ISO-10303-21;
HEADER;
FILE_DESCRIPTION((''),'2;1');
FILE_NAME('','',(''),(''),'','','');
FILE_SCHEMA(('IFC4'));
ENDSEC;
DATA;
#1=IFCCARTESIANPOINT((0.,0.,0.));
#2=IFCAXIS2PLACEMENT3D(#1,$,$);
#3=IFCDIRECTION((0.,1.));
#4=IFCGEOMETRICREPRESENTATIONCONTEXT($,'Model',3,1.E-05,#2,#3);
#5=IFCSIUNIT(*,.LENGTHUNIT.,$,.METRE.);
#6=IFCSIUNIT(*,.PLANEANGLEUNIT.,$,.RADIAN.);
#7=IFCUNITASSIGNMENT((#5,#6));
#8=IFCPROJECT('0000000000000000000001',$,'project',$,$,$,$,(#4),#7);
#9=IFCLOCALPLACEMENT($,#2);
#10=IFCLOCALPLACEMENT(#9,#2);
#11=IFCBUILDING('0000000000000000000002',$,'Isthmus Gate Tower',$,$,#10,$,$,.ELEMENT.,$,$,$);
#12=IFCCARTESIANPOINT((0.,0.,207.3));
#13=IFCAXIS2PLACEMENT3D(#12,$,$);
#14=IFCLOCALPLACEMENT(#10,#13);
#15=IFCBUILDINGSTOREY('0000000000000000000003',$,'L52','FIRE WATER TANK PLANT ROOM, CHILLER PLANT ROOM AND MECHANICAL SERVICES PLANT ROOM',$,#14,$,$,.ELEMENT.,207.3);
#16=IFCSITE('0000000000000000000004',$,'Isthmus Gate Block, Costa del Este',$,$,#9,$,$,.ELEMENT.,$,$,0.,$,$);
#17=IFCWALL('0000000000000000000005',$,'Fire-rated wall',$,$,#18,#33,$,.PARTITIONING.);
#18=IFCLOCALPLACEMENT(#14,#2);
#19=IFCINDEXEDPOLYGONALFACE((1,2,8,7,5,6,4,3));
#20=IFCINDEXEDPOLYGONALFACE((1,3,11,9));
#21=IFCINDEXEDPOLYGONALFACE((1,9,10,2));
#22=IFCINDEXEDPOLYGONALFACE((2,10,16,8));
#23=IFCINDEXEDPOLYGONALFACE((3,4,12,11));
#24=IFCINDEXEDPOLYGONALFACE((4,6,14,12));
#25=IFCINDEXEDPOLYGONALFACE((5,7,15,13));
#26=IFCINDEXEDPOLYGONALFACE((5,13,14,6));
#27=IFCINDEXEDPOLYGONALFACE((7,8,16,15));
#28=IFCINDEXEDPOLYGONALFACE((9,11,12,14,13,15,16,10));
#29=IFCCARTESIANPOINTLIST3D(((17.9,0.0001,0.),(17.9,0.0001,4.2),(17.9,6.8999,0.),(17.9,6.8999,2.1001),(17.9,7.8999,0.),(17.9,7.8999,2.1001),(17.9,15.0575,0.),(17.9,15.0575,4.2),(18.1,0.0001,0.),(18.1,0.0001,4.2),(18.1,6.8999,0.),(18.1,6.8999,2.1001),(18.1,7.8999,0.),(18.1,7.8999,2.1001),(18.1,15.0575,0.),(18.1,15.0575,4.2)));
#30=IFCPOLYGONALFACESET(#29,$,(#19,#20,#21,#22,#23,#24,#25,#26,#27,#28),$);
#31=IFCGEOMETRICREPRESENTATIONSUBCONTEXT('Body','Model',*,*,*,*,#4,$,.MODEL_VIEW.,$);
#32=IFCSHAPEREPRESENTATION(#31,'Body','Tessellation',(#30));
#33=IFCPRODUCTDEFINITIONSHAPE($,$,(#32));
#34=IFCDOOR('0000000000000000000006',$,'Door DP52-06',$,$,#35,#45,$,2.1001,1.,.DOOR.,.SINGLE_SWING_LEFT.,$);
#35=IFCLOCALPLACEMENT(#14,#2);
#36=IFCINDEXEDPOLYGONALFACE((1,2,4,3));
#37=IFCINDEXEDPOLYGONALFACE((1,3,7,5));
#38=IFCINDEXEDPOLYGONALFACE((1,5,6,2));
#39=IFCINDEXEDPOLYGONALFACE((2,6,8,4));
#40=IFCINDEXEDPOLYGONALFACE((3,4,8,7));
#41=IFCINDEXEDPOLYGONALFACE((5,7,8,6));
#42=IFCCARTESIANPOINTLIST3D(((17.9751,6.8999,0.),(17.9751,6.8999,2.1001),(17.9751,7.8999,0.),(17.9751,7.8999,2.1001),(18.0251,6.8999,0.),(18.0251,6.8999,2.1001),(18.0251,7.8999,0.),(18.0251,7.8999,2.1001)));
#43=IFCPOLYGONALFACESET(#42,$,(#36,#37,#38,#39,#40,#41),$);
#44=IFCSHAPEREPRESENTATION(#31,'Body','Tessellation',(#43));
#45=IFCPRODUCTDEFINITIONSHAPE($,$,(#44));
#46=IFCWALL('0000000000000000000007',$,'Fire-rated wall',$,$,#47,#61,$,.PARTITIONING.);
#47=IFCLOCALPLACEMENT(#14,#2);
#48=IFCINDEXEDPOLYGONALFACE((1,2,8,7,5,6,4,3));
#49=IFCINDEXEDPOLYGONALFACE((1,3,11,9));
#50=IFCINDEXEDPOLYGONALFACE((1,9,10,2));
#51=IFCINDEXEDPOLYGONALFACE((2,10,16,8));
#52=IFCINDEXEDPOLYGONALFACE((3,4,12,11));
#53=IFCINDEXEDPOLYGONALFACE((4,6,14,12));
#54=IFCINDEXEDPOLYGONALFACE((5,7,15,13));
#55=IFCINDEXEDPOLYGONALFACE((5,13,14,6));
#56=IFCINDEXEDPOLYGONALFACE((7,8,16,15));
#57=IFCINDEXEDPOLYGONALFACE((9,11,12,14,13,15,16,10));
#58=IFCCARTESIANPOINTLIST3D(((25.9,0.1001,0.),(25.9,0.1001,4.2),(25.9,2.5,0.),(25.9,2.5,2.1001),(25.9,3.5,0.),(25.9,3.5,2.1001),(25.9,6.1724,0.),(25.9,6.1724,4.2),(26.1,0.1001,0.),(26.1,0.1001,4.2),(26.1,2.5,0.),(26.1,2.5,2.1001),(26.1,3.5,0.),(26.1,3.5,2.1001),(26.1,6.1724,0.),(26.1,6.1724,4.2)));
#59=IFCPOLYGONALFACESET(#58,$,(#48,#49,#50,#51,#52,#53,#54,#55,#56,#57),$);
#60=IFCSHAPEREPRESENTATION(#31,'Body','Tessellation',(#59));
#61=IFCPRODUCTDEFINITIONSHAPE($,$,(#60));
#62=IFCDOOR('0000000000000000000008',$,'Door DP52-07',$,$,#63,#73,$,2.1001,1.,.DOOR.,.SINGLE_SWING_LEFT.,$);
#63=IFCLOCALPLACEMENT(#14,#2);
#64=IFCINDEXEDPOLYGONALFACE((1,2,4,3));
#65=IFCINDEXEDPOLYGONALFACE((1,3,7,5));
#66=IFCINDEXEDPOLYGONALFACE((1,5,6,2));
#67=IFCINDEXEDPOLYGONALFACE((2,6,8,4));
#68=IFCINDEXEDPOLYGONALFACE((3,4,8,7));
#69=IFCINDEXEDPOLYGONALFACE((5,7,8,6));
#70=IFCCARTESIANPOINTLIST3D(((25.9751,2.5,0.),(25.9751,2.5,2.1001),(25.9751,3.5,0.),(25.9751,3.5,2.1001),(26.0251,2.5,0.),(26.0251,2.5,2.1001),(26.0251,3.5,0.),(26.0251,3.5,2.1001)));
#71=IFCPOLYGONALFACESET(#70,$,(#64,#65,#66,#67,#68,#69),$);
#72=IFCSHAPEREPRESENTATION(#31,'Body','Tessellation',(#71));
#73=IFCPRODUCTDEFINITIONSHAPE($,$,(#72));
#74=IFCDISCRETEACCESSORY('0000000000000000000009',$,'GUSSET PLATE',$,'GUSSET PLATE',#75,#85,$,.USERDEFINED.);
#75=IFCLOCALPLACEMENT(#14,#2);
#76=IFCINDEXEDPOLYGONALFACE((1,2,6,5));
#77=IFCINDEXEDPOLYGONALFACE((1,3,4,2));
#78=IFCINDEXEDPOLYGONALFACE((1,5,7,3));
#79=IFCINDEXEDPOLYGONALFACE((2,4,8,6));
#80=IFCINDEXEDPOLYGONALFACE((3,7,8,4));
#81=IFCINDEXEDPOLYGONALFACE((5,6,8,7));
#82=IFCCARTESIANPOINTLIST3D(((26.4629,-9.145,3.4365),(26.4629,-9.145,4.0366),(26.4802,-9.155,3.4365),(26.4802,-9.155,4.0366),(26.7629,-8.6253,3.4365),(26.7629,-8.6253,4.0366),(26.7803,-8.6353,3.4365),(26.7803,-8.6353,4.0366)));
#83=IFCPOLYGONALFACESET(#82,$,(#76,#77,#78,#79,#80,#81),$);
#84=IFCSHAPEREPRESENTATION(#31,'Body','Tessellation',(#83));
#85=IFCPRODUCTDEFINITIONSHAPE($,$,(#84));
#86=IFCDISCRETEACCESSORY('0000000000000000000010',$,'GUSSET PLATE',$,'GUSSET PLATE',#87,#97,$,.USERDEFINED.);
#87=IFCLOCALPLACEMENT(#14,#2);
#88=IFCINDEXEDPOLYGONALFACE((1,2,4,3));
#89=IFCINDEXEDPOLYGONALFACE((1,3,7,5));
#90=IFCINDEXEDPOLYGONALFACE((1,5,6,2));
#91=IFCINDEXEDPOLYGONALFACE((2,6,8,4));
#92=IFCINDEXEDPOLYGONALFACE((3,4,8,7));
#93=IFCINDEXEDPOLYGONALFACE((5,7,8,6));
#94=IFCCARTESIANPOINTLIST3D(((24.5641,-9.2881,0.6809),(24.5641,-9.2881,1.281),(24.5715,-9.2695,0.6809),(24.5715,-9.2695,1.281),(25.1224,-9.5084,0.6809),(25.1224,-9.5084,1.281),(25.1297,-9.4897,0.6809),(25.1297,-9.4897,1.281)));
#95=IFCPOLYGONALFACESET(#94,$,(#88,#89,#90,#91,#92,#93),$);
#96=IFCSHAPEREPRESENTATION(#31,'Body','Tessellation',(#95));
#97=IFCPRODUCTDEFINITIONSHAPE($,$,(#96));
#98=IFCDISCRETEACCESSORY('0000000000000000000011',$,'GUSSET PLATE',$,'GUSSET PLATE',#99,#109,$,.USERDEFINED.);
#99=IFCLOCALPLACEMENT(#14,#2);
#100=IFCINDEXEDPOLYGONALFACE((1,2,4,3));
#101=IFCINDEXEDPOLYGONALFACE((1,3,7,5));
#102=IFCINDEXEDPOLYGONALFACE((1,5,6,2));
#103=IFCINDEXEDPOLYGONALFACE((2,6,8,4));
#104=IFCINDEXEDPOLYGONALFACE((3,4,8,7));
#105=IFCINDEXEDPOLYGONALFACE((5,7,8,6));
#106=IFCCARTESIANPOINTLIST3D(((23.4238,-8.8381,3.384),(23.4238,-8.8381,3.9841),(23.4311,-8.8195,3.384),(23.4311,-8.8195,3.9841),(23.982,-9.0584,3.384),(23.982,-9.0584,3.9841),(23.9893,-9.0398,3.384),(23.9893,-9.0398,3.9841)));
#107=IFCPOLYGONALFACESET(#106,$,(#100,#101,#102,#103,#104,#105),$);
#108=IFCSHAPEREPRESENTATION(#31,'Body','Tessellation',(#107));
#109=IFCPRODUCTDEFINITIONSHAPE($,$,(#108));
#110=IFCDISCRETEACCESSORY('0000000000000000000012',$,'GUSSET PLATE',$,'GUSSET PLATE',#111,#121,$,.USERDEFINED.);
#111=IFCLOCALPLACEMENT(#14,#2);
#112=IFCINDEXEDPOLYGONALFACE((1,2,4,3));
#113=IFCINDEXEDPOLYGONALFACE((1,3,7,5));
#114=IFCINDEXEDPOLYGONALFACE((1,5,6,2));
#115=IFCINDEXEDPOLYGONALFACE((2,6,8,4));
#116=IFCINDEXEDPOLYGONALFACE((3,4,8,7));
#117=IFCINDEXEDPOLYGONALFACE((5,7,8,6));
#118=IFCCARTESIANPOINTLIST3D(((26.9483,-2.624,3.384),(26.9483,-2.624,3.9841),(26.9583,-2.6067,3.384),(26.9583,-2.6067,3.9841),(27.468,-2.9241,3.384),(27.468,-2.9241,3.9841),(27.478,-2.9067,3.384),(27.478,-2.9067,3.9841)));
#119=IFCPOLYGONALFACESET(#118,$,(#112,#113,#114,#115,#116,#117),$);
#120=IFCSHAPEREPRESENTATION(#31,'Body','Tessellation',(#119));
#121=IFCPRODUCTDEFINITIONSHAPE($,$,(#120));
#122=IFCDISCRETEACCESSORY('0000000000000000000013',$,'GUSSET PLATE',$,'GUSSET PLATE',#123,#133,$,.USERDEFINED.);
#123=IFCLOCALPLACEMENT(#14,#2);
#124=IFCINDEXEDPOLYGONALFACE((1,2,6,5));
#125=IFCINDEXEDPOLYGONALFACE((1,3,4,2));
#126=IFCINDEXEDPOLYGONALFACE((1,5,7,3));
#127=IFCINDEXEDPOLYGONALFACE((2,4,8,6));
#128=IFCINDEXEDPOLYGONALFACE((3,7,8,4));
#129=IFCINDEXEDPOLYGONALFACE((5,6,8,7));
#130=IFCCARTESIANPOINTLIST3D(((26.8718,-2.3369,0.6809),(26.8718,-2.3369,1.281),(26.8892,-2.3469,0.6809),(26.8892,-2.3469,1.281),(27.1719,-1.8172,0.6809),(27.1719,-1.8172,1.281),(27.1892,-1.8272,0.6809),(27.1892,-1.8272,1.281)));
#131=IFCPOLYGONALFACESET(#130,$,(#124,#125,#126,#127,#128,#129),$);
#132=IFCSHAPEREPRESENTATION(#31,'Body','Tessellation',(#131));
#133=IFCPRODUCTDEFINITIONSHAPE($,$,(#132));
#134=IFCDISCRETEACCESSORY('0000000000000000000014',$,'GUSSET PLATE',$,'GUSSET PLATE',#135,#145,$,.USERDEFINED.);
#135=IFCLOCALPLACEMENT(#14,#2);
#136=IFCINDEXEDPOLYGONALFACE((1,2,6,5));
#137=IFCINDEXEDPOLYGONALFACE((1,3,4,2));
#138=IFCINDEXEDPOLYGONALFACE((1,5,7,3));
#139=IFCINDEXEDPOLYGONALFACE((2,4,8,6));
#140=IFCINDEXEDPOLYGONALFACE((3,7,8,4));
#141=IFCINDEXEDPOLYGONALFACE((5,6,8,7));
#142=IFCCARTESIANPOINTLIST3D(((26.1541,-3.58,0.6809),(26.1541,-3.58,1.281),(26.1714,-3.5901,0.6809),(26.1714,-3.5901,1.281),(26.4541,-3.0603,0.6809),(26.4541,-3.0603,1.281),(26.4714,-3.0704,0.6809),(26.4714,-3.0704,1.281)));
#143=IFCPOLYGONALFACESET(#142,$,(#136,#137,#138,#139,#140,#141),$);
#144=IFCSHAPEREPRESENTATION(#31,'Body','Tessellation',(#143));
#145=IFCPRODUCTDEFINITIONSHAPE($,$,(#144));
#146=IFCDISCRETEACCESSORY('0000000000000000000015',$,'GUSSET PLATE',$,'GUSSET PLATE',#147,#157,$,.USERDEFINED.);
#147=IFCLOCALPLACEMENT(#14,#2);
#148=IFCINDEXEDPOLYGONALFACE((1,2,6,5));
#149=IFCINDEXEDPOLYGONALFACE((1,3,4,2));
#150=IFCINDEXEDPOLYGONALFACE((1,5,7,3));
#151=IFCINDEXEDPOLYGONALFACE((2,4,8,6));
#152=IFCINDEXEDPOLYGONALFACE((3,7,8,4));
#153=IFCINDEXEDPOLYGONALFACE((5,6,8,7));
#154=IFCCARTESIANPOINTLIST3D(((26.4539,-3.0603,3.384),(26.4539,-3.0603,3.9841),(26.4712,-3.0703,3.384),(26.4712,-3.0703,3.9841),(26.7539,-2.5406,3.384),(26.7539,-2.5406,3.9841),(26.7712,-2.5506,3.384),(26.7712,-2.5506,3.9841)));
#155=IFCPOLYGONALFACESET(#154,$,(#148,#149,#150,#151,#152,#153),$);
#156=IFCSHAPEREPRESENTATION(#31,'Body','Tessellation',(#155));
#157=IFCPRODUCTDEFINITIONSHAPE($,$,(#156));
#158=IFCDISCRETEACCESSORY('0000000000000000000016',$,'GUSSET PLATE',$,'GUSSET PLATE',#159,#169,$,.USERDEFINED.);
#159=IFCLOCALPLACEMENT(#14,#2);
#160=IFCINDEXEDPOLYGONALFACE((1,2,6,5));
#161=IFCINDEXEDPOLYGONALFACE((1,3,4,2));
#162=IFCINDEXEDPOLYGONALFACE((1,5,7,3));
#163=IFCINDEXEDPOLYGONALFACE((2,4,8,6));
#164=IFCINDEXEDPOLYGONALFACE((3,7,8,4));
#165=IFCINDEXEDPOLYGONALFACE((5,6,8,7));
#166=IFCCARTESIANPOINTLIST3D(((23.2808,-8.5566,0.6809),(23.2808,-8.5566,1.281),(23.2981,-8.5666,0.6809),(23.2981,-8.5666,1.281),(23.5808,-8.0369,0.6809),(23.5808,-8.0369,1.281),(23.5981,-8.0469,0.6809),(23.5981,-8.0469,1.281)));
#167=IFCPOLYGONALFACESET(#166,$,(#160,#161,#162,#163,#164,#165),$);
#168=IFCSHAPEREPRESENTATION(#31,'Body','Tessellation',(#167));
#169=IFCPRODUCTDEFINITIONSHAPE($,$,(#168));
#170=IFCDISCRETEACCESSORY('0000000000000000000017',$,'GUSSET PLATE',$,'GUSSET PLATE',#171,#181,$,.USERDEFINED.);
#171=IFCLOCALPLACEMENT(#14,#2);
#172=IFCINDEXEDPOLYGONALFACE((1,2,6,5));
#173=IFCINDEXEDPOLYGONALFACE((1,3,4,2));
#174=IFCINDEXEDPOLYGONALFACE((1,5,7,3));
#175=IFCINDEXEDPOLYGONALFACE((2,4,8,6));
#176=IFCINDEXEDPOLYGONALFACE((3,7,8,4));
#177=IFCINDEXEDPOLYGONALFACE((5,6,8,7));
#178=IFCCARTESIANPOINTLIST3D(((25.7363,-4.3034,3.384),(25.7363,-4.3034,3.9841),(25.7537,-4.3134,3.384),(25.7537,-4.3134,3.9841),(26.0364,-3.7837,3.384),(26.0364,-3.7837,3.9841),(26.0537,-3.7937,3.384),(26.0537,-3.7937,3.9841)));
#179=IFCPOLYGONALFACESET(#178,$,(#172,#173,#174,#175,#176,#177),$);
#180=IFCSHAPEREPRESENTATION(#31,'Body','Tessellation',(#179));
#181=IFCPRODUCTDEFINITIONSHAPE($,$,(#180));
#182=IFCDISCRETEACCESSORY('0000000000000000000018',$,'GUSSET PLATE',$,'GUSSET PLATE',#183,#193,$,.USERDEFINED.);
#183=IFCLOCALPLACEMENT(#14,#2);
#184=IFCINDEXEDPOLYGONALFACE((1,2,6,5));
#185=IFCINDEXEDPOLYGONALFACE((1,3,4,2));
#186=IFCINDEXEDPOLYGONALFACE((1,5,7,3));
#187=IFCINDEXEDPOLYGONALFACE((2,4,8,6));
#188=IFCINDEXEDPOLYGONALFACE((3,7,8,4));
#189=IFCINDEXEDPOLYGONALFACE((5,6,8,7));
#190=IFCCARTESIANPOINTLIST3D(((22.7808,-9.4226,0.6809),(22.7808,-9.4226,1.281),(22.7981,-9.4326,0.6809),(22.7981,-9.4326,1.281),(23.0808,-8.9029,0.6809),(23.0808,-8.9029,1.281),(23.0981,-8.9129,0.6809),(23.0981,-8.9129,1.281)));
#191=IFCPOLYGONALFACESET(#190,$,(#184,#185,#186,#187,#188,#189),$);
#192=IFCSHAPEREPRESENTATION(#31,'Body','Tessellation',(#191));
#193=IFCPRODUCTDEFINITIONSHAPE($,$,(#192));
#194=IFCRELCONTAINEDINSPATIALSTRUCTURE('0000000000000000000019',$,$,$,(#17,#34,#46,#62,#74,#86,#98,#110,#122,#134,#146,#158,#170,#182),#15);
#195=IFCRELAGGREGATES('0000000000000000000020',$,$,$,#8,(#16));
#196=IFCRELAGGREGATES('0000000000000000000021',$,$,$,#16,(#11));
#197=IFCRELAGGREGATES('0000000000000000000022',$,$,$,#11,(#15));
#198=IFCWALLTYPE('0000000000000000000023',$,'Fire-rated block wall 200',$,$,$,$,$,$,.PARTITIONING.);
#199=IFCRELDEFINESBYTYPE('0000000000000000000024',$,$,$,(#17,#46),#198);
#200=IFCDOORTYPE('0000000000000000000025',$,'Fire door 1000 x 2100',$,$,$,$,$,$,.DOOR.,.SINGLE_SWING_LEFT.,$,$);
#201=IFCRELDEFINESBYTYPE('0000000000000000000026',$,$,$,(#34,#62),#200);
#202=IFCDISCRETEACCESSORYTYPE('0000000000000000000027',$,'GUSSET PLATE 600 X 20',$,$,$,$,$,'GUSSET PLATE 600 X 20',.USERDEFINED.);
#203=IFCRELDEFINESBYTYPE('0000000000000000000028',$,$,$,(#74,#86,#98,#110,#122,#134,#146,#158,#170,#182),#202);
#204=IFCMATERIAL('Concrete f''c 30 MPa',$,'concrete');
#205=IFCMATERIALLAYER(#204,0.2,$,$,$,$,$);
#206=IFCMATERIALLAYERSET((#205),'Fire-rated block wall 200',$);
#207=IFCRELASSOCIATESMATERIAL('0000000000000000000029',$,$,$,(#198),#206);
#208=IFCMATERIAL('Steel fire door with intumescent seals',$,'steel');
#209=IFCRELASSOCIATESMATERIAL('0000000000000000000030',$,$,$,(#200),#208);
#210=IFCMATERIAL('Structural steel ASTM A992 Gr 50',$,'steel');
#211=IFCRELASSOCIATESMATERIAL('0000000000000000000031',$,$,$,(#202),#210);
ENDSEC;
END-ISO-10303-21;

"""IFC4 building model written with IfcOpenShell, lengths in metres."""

from ifc_helpers import new_model, si_unit, direction, frame, frame_2d, origin, origin_2d, place, context, subcontext, project, spatial, rectangle, extrude, material, layer, layer_set, type_object, element, fill, save


model = new_model("IFC4")

# Units and contexts
model_context = context("Model", 3, precision=1e-05, world=origin(), true_north=direction((0.0, 1.0)))
body_context = subcontext(model_context, "Body", "Model", "MODEL_VIEW")
ifc_project = project(units=[si_unit("LENGTHUNIT", "METRE"), si_unit("PLANEANGLEUNIT", "RADIAN")], contexts=[model_context])

# Site, building, storey
site_placement = place(None, origin())
site = spatial("IfcSite", under=ifc_project, at=site_placement, Name="Isthmus Gate Block, Costa del Este", CompositionType="ELEMENT", RefElevation=0.0)
building_placement = place(site_placement, origin())
building = spatial("IfcBuilding", under=site, at=building_placement, Name="Isthmus Gate Tower", CompositionType="ELEMENT")
storey_placement = place(building_placement, frame((0.0, 0.0, 207.3)))
storey = spatial("IfcBuildingStorey", under=building, at=storey_placement, Name="L52", Description="FIRE WATER TANK PLANT ROOM, CHILLER PLANT ROOM AND MECHANICAL SERVICES PLANT ROOM", CompositionType="ELEMENT", Elevation=207.3)

# Shared definitions
ifc_material_1 = material(Name="Concrete f'c 30 MPa", Category="concrete")
ifc_layer = layer(ifc_material_1, 0.2)
ifc_layer_set = layer_set([ifc_layer], Name="Fire-rated block wall 200")
wall_type = type_object("IfcWallType", Name="Fire-rated block wall 200", PredefinedType="PARTITIONING", material=ifc_layer_set)

# Walls, openings, doors
wall_1_placement = place(storey_placement, frame((18.0, 0.0, 0.0), z_axis=(0.0, 0.0, 1.0), x_axis=(0.0, 1.0, 0.0)))
wall_1 = element("IfcWall", 1, at=wall_1_placement, inside=storey, type_object=wall_type, Name="Fire-rated wall", PredefinedType="PARTITIONING", context=body_context, shape_type="SweptSolid", body=[
    extrude(rectangle(XDim=15.0574, YDim=0.2, at=frame_2d((7.5288, 0.0))), origin(), (0.0, 0.0, 1.0), 4.2),
])
opening_1_placement = place(wall_1_placement, frame((6.8999, 0.0, 0.0)))
opening_1 = element("IfcOpeningElement", 2, at=opening_1_placement, cuts=wall_1, PredefinedType="OPENING", context=body_context, shape_type="SweptSolid", body=[
    extrude(rectangle(XDim=1.0, YDim=2.1001, at=frame_2d((0.5, 1.05))), frame((0.0, 0.1099, 0.0), z_axis=(0.0, -1.0, 0.0), x_axis=(1.0, 0.0, 0.0)), (0.0, 0.0, 1.0), 0.22),
])
ifc_material_2 = material(Name="Steel fire door with intumescent seals", Category="steel")
door_type = type_object("IfcDoorType", Name="Fire door 1000 x 2100", OperationType="SINGLE_SWING_LEFT", PredefinedType="DOOR", material=ifc_material_2)
door_1_placement = place(opening_1_placement, origin())
door_1 = element("IfcDoor", 3, at=door_1_placement, inside=storey, type_object=door_type, Name="Door DP52-06", OperationType="SINGLE_SWING_LEFT", OverallHeight=2.1001, OverallWidth=1.0, PredefinedType="DOOR", context=body_context, shape_type="SweptSolid", body=[
    extrude(rectangle(XDim=1.0, YDim=2.1001, at=frame_2d((0.5, 1.05))), frame((0.0, 0.0249, 0.0), z_axis=(0.0, -1.0, 0.0), x_axis=(1.0, 0.0, 0.0)), (0.0, 0.0, 1.0), 0.05),
])
fill(opening_1, door_1)
wall_2_placement = place(storey_placement, frame((26.0, 0.1001, 0.0), z_axis=(0.0, 0.0, 1.0), x_axis=(0.0, 1.0, 0.0)))
wall_2 = element("IfcWall", 4, at=wall_2_placement, inside=storey, type_object=wall_type, Name="Fire-rated wall", PredefinedType="PARTITIONING", context=body_context, shape_type="SweptSolid", body=[
    extrude(rectangle(XDim=6.0723, YDim=0.2, at=frame_2d((3.0361, 0.0))), origin(), (0.0, 0.0, 1.0), 4.2),
])
opening_2_placement = place(wall_2_placement, frame((2.3999, 0.0, 0.0)))
opening_2 = element("IfcOpeningElement", 5, at=opening_2_placement, cuts=wall_2, PredefinedType="OPENING", context=body_context, shape_type="SweptSolid", body=[
    extrude(rectangle(XDim=1.0, YDim=2.1001, at=frame_2d((0.5, 1.05))), frame((0.0, 0.1099, 0.0), z_axis=(0.0, -1.0, 0.0), x_axis=(1.0, 0.0, 0.0)), (0.0, 0.0, 1.0), 0.22),
])
door_2_placement = place(opening_2_placement, origin())
door_2 = element("IfcDoor", 6, at=door_2_placement, inside=storey, type_object=door_type, Name="Door DP52-07", OperationType="SINGLE_SWING_LEFT", OverallHeight=2.1001, OverallWidth=1.0, PredefinedType="DOOR", context=body_context, shape_type="SweptSolid", body=[
    extrude(rectangle(XDim=1.0, YDim=2.1001, at=frame_2d((0.5, 1.05))), frame((0.0, 0.0249, 0.0), z_axis=(0.0, -1.0, 0.0), x_axis=(1.0, 0.0, 0.0)), (0.0, 0.0, 1.0), 0.05),
])
fill(opening_2, door_2)

# Discrete accessories
ifc_material_3 = material(Name="Structural steel ASTM A992 Gr 50", Category="steel")
discrete_accessory_type = type_object("IfcDiscreteAccessoryType", Name="GUSSET PLATE 600 X 20", ElementType="GUSSET PLATE 600 X 20", PredefinedType="USERDEFINED", material=ifc_material_3)
for number, where, z_axis, x_axis, name in (
    (7, (26.6216, -8.8901, 3.4365), (0.0, 0.0, 1.0), (-0.5, -0.866025, 0.0), "GUSSET PLATE"),
    (8, (24.8469, -9.3889, 0.6809), (0.0, 0.0, 1.0), (-0.930196, 0.367064, 0.0), "GUSSET PLATE"),
    (9, (23.7065, -8.939, 3.384), (0.0, 0.0, 1.0), (-0.930196, 0.367064, 0.0), "GUSSET PLATE"),
    (10, (27.2131, -2.7654, 3.384), (0.0, 0.0, 1.0), (-0.866025, 0.5, 0.0), "GUSSET PLATE"),
    (11, (27.0305, -2.082, 0.6809), (0.0, 0.0, 1.0), (0.5, 0.866025, 0.0), "GUSSET PLATE"),
    (12, (26.3127, -3.3252, 0.6809), (0.0, 0.0, 1.0), (0.5, 0.866025, 0.0), "GUSSET PLATE"),
    (13, (26.6125, -2.8054, 3.384), (0.0, 0.0, 1.0), (0.5, 0.866025, 0.0), "GUSSET PLATE"),
    (14, (23.4395, -8.3018, 0.6809), (0.0, 0.0, 1.0), (0.5, 0.866025, 0.0), "GUSSET PLATE"),
    (15, (25.895, -4.0486, 3.384), (0.0, 0.0, 1.0), (0.5, 0.866025, 0.0), "GUSSET PLATE"),
    (16, (22.9395, -9.1677, 0.6809), (0.0, 0.0, 1.0), (-0.5, -0.866025, 0.0), "GUSSET PLATE"),
):
    element("IfcDiscreteAccessory", number, at=place(storey_placement, frame(where, z_axis=z_axis, x_axis=x_axis)), inside=storey, type_object=discrete_accessory_type, Name=name, ObjectType="GUSSET PLATE", PredefinedType="USERDEFINED", context=body_context, shape_type="SweptSolid", body=[
        extrude(rectangle(XDim=0.6001, YDim=0.02, at=origin_2d()), origin(), (0.0, 0.0, 1.0), 0.6001),
    ])

save(model, "model.ifc")
